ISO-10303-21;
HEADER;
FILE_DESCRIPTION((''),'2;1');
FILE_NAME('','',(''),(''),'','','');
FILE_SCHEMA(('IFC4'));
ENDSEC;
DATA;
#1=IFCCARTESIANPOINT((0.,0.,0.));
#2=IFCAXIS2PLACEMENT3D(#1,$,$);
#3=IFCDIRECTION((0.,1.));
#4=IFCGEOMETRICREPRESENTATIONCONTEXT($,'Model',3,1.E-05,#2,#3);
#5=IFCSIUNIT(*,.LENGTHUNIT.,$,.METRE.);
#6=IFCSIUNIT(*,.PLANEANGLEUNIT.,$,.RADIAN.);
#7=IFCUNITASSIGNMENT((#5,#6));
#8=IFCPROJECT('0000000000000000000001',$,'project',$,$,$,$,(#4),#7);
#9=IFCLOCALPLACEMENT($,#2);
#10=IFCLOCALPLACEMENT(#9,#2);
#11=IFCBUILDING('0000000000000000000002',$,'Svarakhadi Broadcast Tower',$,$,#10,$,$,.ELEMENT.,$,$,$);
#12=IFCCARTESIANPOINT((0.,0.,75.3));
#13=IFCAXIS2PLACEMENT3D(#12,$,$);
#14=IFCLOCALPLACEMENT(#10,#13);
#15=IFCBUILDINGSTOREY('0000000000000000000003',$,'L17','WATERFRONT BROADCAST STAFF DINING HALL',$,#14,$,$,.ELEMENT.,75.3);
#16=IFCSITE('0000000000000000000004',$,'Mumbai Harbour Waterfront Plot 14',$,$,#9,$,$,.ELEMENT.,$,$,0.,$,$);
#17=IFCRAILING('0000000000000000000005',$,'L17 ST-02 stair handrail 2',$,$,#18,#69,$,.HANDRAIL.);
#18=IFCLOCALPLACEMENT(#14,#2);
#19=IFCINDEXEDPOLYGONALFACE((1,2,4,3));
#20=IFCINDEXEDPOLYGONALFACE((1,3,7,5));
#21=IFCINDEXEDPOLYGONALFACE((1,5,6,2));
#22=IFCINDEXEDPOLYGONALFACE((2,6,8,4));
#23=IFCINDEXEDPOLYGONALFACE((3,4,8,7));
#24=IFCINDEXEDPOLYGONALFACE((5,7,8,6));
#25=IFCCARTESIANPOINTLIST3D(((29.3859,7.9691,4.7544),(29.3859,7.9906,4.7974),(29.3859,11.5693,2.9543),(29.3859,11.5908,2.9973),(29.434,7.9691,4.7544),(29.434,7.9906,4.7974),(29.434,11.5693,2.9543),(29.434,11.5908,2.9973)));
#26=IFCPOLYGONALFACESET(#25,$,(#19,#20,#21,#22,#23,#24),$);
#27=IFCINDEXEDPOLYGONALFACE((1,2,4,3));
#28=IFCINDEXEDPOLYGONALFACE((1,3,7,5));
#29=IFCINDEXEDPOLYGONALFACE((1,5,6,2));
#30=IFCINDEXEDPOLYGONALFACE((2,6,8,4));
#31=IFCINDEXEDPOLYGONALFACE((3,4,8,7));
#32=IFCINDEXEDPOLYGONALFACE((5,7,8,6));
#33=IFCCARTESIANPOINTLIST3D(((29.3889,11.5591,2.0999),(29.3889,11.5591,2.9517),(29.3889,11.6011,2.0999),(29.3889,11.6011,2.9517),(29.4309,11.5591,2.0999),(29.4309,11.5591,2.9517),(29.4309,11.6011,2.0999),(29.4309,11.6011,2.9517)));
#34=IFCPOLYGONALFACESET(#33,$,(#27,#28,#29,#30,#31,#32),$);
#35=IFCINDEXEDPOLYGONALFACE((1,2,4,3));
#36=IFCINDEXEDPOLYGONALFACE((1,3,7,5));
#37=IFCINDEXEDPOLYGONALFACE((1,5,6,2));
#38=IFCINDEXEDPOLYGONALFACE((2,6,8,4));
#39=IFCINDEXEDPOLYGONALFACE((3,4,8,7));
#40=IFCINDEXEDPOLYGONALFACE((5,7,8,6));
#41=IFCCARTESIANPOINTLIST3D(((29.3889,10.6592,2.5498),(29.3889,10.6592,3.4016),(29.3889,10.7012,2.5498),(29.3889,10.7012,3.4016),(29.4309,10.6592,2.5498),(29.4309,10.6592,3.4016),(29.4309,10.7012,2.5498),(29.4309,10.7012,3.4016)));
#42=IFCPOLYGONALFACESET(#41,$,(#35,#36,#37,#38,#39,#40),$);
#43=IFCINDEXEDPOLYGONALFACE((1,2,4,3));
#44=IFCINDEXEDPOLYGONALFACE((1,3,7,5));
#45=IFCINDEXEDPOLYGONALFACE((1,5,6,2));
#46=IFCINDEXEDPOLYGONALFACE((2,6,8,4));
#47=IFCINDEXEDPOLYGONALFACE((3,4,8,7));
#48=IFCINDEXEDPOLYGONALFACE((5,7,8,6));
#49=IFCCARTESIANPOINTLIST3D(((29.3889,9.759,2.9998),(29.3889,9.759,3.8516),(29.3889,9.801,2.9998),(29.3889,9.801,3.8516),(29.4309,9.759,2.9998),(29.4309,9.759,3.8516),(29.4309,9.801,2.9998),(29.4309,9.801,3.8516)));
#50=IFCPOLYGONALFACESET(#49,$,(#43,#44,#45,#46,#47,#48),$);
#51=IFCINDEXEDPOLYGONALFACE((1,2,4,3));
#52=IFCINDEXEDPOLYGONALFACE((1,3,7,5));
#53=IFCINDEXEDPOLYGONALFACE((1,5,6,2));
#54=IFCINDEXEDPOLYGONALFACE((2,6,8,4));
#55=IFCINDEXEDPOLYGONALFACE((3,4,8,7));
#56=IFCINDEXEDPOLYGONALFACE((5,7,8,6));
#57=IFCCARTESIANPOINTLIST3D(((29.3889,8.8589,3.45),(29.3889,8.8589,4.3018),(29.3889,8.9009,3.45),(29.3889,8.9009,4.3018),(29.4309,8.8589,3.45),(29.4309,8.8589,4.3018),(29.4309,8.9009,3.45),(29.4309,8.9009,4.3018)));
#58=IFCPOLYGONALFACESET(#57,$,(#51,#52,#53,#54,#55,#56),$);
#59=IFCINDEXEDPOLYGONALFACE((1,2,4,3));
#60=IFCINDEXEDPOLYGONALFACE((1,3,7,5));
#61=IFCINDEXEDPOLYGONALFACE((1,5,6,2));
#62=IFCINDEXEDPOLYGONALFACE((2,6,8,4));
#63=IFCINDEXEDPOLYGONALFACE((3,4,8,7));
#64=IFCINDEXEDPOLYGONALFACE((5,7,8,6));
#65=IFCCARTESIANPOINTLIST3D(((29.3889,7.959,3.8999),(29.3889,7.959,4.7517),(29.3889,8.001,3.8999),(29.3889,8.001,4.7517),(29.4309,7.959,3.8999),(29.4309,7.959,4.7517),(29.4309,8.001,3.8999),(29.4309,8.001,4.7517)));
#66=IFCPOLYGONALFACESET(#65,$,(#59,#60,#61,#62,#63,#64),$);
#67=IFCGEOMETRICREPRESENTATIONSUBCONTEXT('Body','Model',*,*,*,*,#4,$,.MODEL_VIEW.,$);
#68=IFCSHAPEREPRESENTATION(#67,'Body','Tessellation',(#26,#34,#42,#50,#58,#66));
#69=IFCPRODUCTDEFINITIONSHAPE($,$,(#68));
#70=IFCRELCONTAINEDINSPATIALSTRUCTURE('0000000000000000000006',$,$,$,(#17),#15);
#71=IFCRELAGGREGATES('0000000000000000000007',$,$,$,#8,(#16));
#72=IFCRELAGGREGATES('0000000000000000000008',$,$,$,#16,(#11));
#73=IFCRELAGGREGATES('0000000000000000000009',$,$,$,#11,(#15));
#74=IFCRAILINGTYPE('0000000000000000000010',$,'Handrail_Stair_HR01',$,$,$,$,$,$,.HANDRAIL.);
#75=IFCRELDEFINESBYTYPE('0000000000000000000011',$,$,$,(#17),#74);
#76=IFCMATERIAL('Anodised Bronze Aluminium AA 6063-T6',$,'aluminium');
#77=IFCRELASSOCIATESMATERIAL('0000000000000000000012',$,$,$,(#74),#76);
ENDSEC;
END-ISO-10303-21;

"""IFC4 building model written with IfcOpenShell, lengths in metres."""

from ifc_helpers import new_model, si_unit, direction, frame, origin, origin_2d, place, context, subcontext, project, spatial, rectangle, extrude, material, type_object, element, save


model = new_model("IFC4")

# Units and contexts
model_context = context("Model", 3, precision=1e-05, world=origin(), true_north=direction((0.0, 1.0)))
body_context = subcontext(model_context, "Body", "Model", "MODEL_VIEW")
ifc_project = project(units=[si_unit("LENGTHUNIT", "METRE"), si_unit("PLANEANGLEUNIT", "RADIAN")], contexts=[model_context])

# Site, building, storey
site_placement = place(None, origin())
site = spatial("IfcSite", under=ifc_project, at=site_placement, Name="Mumbai Harbour Waterfront Plot 14", CompositionType="ELEMENT", RefElevation=0.0)
building_placement = place(site_placement, origin())
building = spatial("IfcBuilding", under=site, at=building_placement, Name="Svarakhadi Broadcast Tower", CompositionType="ELEMENT")
storey_placement = place(building_placement, frame((0.0, 0.0, 75.3)))
storey = spatial("IfcBuildingStorey", under=building, at=storey_placement, Name="L17", Description="WATERFRONT BROADCAST STAFF DINING HALL", CompositionType="ELEMENT", Elevation=75.3)

# Shared definitions
ifc_material_1 = material(Name="Anodised Bronze Aluminium AA 6063-T6", Category="aluminium")

# Railing
railing_type_1 = type_object("IfcRailingType", Name="Handrail_Stair_HR01", PredefinedType="HANDRAIL", material=ifc_material_1)
railing_1_placement = place(storey_placement, frame((29.4099, 11.5801, 2.0999)))
element("IfcRailing", 1, at=railing_1_placement, inside=storey, type_object=railing_type_1, Name="L17 ST-02 stair handrail 2", PredefinedType="HANDRAIL", context=body_context, shape_type="SweptSolid", body=[
    extrude(rectangle(XDim=0.0481, YDim=0.0481, at=origin_2d()), frame((0.0, 0.0, 0.876), z_axis=(0.0, -0.894427, 0.447214), x_axis=(1.0, 0.0, 0.0)), (0.0, 0.0, 1.0), 4.0251),
    extrude(rectangle(XDim=0.042, YDim=0.042, at=origin_2d()), origin(), (0.0, 0.0, 1.0), 0.8518),
    extrude(rectangle(XDim=0.042, YDim=0.042, at=origin_2d()), frame((0.0, -0.8999, 0.45)), (0.0, 0.0, 1.0), 0.8518),
    extrude(rectangle(XDim=0.042, YDim=0.042, at=origin_2d()), frame((0.0, -1.8, 0.8999)), (0.0, 0.0, 1.0), 0.8518),
    extrude(rectangle(XDim=0.042, YDim=0.042, at=origin_2d()), frame((0.0, -2.7002, 1.3501)), (0.0, 0.0, 1.0), 0.8518),
    extrude(rectangle(XDim=0.042, YDim=0.042, at=origin_2d()), frame((0.0, -3.6001, 1.8)), (0.0, 0.0, 1.0), 0.8518),
])

save(model, "model.ifc")
